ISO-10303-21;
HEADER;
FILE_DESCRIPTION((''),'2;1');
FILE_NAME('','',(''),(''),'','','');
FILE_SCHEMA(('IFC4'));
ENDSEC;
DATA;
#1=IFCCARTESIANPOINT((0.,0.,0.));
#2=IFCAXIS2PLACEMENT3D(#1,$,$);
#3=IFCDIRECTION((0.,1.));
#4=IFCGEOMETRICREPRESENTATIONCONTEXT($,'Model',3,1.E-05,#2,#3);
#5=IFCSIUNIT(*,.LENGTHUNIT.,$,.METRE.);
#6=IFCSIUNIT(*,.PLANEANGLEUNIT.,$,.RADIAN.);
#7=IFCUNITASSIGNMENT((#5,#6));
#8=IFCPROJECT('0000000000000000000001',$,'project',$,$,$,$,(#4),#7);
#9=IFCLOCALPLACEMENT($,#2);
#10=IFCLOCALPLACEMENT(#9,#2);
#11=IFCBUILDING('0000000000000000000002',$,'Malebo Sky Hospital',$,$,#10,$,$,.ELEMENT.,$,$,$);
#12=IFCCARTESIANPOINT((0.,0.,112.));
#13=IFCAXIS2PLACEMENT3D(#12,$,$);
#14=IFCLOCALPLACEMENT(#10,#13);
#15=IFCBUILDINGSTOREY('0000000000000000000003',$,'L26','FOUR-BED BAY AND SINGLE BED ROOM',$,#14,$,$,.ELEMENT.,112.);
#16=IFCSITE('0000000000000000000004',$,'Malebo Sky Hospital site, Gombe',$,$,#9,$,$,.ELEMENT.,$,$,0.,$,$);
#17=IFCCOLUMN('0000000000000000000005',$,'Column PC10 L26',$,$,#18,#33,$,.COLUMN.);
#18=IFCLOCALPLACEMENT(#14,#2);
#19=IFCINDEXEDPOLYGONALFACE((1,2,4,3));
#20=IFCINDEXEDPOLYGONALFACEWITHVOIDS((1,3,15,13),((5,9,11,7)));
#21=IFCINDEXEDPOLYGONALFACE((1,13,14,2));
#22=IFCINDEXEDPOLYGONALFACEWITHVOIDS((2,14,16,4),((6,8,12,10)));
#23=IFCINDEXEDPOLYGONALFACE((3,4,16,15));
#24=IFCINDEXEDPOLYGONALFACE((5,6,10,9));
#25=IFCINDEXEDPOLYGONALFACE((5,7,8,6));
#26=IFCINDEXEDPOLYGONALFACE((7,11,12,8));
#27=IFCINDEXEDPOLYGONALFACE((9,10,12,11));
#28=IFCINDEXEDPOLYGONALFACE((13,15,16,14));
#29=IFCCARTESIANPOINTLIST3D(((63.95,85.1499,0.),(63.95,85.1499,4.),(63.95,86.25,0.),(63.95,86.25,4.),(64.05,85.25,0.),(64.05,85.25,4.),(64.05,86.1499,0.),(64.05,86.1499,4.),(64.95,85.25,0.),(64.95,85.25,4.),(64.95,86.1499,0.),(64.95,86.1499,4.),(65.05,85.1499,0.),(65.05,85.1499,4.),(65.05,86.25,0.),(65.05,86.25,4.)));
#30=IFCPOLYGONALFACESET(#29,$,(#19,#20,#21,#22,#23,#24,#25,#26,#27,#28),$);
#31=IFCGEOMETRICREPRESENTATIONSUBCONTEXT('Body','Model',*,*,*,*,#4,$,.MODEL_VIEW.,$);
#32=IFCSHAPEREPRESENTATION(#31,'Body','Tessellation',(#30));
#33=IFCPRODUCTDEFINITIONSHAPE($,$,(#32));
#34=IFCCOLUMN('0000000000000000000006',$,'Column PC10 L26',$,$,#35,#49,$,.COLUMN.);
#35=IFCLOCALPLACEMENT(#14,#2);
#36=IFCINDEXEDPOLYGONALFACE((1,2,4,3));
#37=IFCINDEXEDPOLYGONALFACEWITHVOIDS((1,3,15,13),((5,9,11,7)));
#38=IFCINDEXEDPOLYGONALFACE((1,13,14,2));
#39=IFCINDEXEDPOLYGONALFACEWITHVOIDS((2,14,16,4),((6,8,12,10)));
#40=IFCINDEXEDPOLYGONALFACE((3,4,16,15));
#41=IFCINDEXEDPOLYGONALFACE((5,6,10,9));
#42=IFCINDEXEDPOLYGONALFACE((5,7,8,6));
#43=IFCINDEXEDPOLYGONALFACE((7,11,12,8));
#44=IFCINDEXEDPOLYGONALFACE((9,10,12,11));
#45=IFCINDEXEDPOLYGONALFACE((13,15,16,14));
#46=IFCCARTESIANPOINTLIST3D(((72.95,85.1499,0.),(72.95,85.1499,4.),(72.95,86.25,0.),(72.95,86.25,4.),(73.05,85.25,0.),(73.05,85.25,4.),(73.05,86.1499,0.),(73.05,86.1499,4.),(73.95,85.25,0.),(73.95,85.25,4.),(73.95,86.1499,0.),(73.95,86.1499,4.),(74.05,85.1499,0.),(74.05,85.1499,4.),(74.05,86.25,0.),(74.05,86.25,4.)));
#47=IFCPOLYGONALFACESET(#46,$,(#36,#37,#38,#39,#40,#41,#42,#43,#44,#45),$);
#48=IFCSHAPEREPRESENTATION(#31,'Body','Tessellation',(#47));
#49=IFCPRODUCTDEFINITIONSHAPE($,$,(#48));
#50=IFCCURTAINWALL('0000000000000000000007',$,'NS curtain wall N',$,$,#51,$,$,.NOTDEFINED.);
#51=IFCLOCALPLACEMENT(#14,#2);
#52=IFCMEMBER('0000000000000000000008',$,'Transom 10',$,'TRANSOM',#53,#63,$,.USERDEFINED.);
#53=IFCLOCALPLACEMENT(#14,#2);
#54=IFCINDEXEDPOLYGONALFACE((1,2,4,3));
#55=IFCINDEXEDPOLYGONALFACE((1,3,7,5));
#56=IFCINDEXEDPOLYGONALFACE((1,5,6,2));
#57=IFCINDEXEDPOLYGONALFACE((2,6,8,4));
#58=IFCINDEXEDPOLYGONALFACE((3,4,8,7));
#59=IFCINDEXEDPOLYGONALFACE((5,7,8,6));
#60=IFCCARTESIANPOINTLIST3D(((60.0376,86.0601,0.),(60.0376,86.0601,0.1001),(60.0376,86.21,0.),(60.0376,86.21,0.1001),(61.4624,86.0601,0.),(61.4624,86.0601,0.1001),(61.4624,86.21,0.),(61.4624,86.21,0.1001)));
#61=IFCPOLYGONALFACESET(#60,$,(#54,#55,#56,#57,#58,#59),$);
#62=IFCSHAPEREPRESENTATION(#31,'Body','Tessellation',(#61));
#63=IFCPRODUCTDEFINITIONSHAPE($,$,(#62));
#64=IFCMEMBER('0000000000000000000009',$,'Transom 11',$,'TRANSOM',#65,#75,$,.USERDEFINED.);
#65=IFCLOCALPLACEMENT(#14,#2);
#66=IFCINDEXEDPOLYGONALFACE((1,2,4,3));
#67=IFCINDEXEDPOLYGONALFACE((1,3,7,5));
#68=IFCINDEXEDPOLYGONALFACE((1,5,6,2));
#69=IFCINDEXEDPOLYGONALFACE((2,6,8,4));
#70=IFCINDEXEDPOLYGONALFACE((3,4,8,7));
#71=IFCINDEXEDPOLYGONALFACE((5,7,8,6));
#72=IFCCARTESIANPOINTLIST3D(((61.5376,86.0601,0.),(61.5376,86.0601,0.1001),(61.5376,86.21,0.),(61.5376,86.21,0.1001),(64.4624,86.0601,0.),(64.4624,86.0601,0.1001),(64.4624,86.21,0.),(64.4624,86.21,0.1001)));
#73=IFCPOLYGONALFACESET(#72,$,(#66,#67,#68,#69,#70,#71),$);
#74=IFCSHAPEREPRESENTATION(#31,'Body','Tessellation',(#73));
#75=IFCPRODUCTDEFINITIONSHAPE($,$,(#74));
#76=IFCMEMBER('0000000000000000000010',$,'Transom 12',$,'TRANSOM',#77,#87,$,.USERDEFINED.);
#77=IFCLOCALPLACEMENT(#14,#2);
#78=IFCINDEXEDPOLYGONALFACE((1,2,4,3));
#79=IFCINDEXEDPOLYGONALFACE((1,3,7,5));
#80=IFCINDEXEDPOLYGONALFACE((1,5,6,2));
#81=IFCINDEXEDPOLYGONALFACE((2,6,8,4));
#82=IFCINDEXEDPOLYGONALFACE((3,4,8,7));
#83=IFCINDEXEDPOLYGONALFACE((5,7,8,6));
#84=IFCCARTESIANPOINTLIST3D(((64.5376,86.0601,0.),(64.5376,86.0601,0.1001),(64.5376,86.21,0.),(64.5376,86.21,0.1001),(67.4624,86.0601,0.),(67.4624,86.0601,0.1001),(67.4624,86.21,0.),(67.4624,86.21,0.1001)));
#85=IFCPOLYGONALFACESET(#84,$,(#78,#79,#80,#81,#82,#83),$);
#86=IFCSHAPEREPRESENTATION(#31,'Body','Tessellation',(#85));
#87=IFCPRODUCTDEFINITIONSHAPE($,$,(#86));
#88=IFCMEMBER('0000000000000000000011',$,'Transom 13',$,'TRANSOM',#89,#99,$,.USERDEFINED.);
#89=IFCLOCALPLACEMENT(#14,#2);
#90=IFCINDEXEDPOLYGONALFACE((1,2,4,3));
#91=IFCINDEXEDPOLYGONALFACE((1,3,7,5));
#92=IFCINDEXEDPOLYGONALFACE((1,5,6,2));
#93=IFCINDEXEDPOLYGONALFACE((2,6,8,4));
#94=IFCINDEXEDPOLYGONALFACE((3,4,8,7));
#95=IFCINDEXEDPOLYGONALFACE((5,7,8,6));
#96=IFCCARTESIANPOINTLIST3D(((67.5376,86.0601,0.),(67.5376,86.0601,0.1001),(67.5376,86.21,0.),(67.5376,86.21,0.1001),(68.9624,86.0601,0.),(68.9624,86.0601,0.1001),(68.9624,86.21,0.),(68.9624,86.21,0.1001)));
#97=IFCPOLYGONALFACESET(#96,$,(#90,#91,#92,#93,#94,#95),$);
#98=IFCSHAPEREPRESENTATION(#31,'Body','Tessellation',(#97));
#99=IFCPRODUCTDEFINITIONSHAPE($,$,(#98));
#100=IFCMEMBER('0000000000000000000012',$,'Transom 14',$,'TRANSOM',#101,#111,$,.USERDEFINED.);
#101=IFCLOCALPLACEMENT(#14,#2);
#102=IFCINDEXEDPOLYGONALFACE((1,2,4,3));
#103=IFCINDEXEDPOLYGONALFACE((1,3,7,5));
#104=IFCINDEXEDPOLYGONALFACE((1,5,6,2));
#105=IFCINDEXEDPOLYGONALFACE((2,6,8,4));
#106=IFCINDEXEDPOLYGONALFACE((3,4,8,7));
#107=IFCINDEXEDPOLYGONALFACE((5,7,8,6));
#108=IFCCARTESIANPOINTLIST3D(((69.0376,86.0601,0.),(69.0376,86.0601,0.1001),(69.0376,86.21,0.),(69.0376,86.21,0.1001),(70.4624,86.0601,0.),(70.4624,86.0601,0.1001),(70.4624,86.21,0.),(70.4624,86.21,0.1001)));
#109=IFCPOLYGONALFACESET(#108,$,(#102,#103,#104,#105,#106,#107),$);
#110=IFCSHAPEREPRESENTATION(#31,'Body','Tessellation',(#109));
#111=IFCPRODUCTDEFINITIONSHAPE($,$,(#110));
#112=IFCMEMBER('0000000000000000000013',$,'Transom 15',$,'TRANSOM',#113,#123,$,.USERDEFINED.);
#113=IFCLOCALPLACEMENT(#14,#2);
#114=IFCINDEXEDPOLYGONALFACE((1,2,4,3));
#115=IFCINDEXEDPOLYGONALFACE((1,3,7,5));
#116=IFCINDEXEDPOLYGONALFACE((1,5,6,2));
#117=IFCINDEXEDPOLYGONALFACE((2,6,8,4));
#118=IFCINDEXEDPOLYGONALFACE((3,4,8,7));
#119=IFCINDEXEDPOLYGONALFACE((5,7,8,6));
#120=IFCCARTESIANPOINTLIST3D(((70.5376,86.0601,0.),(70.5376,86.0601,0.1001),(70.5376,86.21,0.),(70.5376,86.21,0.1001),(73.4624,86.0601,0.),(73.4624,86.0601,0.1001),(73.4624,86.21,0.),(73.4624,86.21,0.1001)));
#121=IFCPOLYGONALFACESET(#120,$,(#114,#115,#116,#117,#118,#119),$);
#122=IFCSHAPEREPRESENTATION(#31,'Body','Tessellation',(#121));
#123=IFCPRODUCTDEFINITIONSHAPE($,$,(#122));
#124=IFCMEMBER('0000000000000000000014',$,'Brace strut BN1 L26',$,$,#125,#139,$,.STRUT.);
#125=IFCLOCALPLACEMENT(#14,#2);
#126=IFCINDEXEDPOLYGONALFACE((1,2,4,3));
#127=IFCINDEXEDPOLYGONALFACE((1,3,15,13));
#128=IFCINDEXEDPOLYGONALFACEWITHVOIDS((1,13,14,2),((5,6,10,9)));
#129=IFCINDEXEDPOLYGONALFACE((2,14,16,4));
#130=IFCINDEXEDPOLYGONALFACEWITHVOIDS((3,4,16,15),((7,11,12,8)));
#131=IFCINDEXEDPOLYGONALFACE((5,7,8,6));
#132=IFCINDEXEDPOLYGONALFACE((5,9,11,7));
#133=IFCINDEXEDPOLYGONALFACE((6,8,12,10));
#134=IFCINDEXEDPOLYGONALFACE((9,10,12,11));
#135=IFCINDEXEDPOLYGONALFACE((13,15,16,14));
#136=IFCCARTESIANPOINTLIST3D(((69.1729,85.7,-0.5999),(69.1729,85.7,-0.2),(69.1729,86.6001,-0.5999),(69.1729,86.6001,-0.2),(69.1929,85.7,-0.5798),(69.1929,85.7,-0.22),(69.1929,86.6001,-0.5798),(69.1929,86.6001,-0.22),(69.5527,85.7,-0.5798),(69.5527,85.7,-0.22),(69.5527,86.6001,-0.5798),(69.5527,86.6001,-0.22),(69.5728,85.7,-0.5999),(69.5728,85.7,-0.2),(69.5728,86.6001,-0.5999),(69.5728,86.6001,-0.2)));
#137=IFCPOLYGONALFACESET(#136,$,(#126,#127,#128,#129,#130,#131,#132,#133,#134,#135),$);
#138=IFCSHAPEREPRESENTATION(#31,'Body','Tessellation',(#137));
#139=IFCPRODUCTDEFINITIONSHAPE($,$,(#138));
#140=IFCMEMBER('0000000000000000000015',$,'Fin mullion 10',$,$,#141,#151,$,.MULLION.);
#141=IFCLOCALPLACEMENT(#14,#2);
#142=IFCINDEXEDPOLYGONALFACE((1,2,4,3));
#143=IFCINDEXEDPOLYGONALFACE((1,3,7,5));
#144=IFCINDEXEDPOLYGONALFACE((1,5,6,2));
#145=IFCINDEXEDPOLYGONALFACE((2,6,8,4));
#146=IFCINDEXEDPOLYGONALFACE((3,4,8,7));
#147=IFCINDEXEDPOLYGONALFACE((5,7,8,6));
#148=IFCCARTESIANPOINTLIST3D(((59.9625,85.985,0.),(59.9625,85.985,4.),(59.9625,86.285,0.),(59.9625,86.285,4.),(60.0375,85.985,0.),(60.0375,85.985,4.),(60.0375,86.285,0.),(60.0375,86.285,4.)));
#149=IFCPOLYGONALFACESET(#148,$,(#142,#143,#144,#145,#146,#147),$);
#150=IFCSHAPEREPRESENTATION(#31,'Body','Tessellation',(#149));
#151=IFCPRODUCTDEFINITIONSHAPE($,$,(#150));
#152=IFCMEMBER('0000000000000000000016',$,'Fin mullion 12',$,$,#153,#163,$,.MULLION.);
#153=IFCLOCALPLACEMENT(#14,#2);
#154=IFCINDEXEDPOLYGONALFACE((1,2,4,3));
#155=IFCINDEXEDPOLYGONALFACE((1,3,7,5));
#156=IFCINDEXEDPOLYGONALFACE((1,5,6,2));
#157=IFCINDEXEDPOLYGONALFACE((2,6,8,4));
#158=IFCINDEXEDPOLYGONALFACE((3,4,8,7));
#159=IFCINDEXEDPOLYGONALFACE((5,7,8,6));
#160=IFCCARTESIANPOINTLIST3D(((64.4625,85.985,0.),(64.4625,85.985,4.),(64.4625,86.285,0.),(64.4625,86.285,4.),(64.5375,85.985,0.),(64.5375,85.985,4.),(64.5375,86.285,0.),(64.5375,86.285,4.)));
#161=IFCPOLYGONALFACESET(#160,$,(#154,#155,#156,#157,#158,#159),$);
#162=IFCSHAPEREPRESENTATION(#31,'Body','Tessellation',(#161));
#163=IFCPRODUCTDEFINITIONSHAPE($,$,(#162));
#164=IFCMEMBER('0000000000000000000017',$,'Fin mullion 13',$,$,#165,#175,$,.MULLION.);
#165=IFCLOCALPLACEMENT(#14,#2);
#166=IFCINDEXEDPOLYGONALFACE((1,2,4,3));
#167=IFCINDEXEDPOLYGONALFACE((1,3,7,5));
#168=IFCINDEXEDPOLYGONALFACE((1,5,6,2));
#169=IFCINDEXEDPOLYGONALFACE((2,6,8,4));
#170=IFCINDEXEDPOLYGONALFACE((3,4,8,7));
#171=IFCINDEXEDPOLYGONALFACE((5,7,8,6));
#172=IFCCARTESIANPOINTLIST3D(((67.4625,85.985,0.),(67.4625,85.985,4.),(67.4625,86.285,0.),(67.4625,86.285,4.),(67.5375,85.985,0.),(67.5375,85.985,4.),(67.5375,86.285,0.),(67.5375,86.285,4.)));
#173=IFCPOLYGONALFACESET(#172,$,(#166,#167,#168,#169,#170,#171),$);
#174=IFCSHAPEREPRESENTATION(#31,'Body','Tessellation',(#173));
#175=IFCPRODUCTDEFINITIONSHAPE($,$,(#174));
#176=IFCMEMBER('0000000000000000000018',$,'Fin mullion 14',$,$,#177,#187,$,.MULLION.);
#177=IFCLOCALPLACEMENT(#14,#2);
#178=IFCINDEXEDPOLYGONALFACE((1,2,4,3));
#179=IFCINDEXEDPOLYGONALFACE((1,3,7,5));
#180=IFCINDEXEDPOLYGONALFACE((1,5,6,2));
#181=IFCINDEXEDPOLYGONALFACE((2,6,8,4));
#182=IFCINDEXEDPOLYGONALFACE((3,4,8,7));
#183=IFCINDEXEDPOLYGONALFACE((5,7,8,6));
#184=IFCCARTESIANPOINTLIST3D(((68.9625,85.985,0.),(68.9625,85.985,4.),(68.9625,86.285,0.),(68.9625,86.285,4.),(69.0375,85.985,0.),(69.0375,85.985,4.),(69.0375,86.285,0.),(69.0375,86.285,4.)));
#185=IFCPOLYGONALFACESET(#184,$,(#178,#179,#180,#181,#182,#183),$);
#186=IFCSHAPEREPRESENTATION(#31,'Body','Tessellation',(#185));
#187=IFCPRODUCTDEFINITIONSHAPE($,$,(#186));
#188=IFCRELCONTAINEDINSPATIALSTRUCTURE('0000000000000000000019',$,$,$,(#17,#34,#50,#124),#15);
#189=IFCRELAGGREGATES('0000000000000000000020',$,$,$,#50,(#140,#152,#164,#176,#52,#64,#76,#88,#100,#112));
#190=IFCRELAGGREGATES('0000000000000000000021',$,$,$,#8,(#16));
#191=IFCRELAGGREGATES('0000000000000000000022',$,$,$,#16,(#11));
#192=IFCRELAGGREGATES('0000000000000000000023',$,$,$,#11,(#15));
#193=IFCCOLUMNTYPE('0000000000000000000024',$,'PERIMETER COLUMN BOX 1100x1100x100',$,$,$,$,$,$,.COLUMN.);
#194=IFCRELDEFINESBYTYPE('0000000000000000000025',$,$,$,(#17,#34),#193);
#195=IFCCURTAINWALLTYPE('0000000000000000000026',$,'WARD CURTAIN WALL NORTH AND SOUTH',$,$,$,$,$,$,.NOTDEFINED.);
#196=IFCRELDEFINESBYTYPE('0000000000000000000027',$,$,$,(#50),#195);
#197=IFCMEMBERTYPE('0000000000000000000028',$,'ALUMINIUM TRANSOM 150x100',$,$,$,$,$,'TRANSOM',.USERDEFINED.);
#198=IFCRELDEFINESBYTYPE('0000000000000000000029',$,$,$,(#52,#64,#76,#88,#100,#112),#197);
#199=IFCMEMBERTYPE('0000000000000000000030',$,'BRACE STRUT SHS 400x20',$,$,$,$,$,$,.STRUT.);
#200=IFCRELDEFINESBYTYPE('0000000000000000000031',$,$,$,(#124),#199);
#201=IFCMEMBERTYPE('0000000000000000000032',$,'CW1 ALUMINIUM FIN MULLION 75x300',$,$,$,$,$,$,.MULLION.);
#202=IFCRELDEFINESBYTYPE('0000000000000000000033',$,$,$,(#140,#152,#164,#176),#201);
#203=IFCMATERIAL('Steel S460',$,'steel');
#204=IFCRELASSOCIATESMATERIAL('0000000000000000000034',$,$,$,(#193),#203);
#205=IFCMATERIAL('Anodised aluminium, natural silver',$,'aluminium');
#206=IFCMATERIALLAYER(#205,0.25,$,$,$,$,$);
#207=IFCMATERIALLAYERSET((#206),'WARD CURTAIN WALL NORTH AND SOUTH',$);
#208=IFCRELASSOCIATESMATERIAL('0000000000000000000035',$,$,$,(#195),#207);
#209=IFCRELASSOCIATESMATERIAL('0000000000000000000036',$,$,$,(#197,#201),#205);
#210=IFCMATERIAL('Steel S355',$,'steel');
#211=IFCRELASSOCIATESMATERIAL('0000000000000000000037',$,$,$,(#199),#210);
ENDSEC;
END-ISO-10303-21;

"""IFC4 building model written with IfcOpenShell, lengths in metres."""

from ifc_helpers import new_model, si_unit, direction, frame, origin, origin_2d, place, context, subcontext, project, spatial, rectangle, hollow_rectangle, extrude, material, layer, layer_set, material_profile, profile_set, type_object, element, aggregate, save


model = new_model("IFC4")

# Units and contexts
model_context = context("Model", 3, precision=1e-05, world=origin(), true_north=direction((0.0, 1.0)))
body_context = subcontext(model_context, "Body", "Model", "MODEL_VIEW")
ifc_project = project(units=[si_unit("LENGTHUNIT", "METRE"), si_unit("PLANEANGLEUNIT", "RADIAN")], contexts=[model_context])

# Site, building, storey
site_placement = place(None, origin())
site = spatial("IfcSite", under=ifc_project, at=site_placement, Name="Malebo Sky Hospital site, Gombe", CompositionType="ELEMENT", RefElevation=0.0)
building_placement = place(site_placement, origin())
building = spatial("IfcBuilding", under=site, at=building_placement, Name="Malebo Sky Hospital", CompositionType="ELEMENT")
storey_placement = place(building_placement, frame((0.0, 0.0, 112.0)))
storey = spatial("IfcBuildingStorey", under=building, at=storey_placement, Name="L26", Description="FOUR-BED BAY AND SINGLE BED ROOM", CompositionType="ELEMENT", Elevation=112.0)

# Columns
ifc_material_1 = material(Name="Steel S460", Category="steel")
ifc_material_profile_1 = material_profile(ifc_material_1, hollow_rectangle(XDim=1.1001, YDim=1.1001, WallThickness=0.1001, at=origin_2d()), Name="BOX 1100x1100x100")
ifc_profile_set_1 = profile_set([ifc_material_profile_1], Name="Steel S460")
column_type = type_object("IfcColumnType", Name="PERIMETER COLUMN BOX 1100x1100x100", PredefinedType="COLUMN", material=ifc_profile_set_1)
for number, where, z_axis, x_axis, name in (
    (1, (64.5, 85.7, 0.0), (0.0, 0.0, 1.0), (1.0, 0.0, 0.0), "Column PC10 L26"),
    (2, (73.5, 85.7, 0.0), (0.0, 0.0, 1.0), (1.0, 0.0, 0.0), "Column PC10 L26"),
):
    element("IfcColumn", number, at=place(storey_placement, frame(where, z_axis=z_axis, x_axis=x_axis)), inside=storey, type_object=column_type, Name=name, PredefinedType="COLUMN", context=body_context, shape_type="SweptSolid", body=[
        extrude(hollow_rectangle(XDim=1.1001, YDim=1.1001, WallThickness=0.1001, at=origin_2d()), origin(), (0.0, 0.0, 1.0), 4.0),
    ])

# Curtain wall, members
ifc_material_2 = material(Name="Anodised aluminium, natural silver", Category="aluminium")
ifc_layer_1 = layer(ifc_material_2, 0.25)
ifc_layer_set_1 = layer_set([ifc_layer_1], Name="WARD CURTAIN WALL NORTH AND SOUTH")
curtain_wall_type = type_object("IfcCurtainWallType", Name="WARD CURTAIN WALL NORTH AND SOUTH", PredefinedType="NOTDEFINED", material=ifc_layer_set_1)
curtain_wall_placement = place(storey_placement, origin())
curtain_wall = element("IfcCurtainWall", 3, at=curtain_wall_placement, inside=storey, type_object=curtain_wall_type, Name="NS curtain wall N", PredefinedType="NOTDEFINED")
ifc_material_profile_2 = material_profile(ifc_material_2, rectangle(XDim=0.1499, YDim=0.1001, at=origin_2d()), Name="ALUMINIUM TRANSOM 150x100")
ifc_profile_set_2 = profile_set([ifc_material_profile_2], Name="Anodised aluminium, natural silver")
member_type_1 = type_object("IfcMemberType", Name="ALUMINIUM TRANSOM 150x100", ElementType="TRANSOM", PredefinedType="USERDEFINED", material=ifc_profile_set_2)
member_1_placement = place(storey_placement, frame((60.0376, 86.135, 0.05), z_axis=(1.0, 0.0, 0.0), x_axis=(0.0, 1.0, 0.0)))
member_1 = element("IfcMember", 4, at=member_1_placement, type_object=member_type_1, Name="Transom 10", ObjectType="TRANSOM", PredefinedType="USERDEFINED", context=body_context, shape_type="SweptSolid", body=[
    extrude(rectangle(XDim=0.1499, YDim=0.1001, at=origin_2d()), origin(), (0.0, 0.0, 1.0), 1.4248),
])
member_2_placement = place(storey_placement, frame((61.5376, 86.135, 0.05), z_axis=(1.0, 0.0, 0.0), x_axis=(0.0, 1.0, 0.0)))
member_2 = element("IfcMember", 5, at=member_2_placement, type_object=member_type_1, Name="Transom 11", ObjectType="TRANSOM", PredefinedType="USERDEFINED", context=body_context, shape_type="SweptSolid", body=[
    extrude(rectangle(XDim=0.1499, YDim=0.1001, at=origin_2d()), origin(), (0.0, 0.0, 1.0), 2.9248),
])
member_3_placement = place(storey_placement, frame((64.5376, 86.135, 0.05), z_axis=(1.0, 0.0, 0.0), x_axis=(0.0, 1.0, 0.0)))
member_3 = element("IfcMember", 6, at=member_3_placement, type_object=member_type_1, Name="Transom 12", ObjectType="TRANSOM", PredefinedType="USERDEFINED", context=body_context, shape_type="SweptSolid", body=[
    extrude(rectangle(XDim=0.1499, YDim=0.1001, at=origin_2d()), origin(), (0.0, 0.0, 1.0), 2.9248),
])
member_4_placement = place(storey_placement, frame((67.5376, 86.135, 0.05), z_axis=(1.0, 0.0, 0.0), x_axis=(0.0, 1.0, 0.0)))
member_4 = element("IfcMember", 7, at=member_4_placement, type_object=member_type_1, Name="Transom 13", ObjectType="TRANSOM", PredefinedType="USERDEFINED", context=body_context, shape_type="SweptSolid", body=[
    extrude(rectangle(XDim=0.1499, YDim=0.1001, at=origin_2d()), origin(), (0.0, 0.0, 1.0), 1.4248),
])
member_5_placement = place(storey_placement, frame((69.0376, 86.135, 0.05), z_axis=(1.0, 0.0, 0.0), x_axis=(0.0, 1.0, 0.0)))
member_5 = element("IfcMember", 8, at=member_5_placement, type_object=member_type_1, Name="Transom 14", ObjectType="TRANSOM", PredefinedType="USERDEFINED", context=body_context, shape_type="SweptSolid", body=[
    extrude(rectangle(XDim=0.1499, YDim=0.1001, at=origin_2d()), origin(), (0.0, 0.0, 1.0), 1.4248),
])
member_6_placement = place(storey_placement, frame((70.5376, 86.135, 0.05), z_axis=(1.0, 0.0, 0.0), x_axis=(0.0, 1.0, 0.0)))
member_6 = element("IfcMember", 9, at=member_6_placement, type_object=member_type_1, Name="Transom 15", ObjectType="TRANSOM", PredefinedType="USERDEFINED", context=body_context, shape_type="SweptSolid", body=[
    extrude(rectangle(XDim=0.1499, YDim=0.1001, at=origin_2d()), origin(), (0.0, 0.0, 1.0), 2.9248),
])

# Members
ifc_material_3 = material(Name="Steel S355", Category="steel")
ifc_material_profile_3 = material_profile(ifc_material_3, hollow_rectangle(XDim=0.3999, YDim=0.3999, WallThickness=0.02, at=origin_2d()), Name="SHS 400x20")
ifc_profile_set_3 = profile_set([ifc_material_profile_3], Name="Steel S355")
member_type_2 = type_object("IfcMemberType", Name="BRACE STRUT SHS 400x20", PredefinedType="STRUT", material=ifc_profile_set_3)
member_7_placement = place(storey_placement, frame((69.3728, 86.6001, -0.3999), z_axis=(0.0, -1.0, 0.0), x_axis=(1.0, 0.0, 0.0)))
element("IfcMember", 10, at=member_7_placement, inside=storey, type_object=member_type_2, Name="Brace strut BN1 L26", PredefinedType="STRUT", context=body_context, shape_type="SweptSolid", body=[
    extrude(hollow_rectangle(XDim=0.3999, YDim=0.3999, WallThickness=0.02, at=origin_2d()), origin(), (0.0, 0.0, 1.0), 0.9001),
])
ifc_material_profile_4 = material_profile(ifc_material_2, rectangle(XDim=0.075, YDim=0.3, at=origin_2d()), Name="CW1 ALUMINIUM FIN MULLION 75x300")
ifc_profile_set_4 = profile_set([ifc_material_profile_4], Name="Anodised aluminium, natural silver")
member_type_3 = type_object("IfcMemberType", Name="CW1 ALUMINIUM FIN MULLION 75x300", PredefinedType="MULLION", material=ifc_profile_set_4)
member_8_placement = place(storey_placement, frame((60.0, 86.135, 0.0), z_axis=(0.0, 0.0, 1.0), x_axis=(1.0, 0.0, 0.0)))
member_8 = element("IfcMember", 11, at=member_8_placement, type_object=member_type_3, Name="Fin mullion 10", PredefinedType="MULLION", context=body_context, shape_type="SweptSolid", body=[
    extrude(rectangle(XDim=0.075, YDim=0.3, at=origin_2d()), origin(), (0.0, 0.0, 1.0), 4.0),
])
member_9_placement = place(storey_placement, frame((64.5, 86.135, 0.0), z_axis=(0.0, 0.0, 1.0), x_axis=(1.0, 0.0, 0.0)))
member_9 = element("IfcMember", 12, at=member_9_placement, type_object=member_type_3, Name="Fin mullion 12", PredefinedType="MULLION", context=body_context, shape_type="SweptSolid", body=[
    extrude(rectangle(XDim=0.075, YDim=0.3, at=origin_2d()), origin(), (0.0, 0.0, 1.0), 4.0),
])
member_10_placement = place(storey_placement, frame((67.5, 86.135, 0.0), z_axis=(0.0, 0.0, 1.0), x_axis=(1.0, 0.0, 0.0)))
member_10 = element("IfcMember", 13, at=member_10_placement, type_object=member_type_3, Name="Fin mullion 13", PredefinedType="MULLION", context=body_context, shape_type="SweptSolid", body=[
    extrude(rectangle(XDim=0.075, YDim=0.3, at=origin_2d()), origin(), (0.0, 0.0, 1.0), 4.0),
])
member_11_placement = place(storey_placement, frame((69.0, 86.135, 0.0), z_axis=(0.0, 0.0, 1.0), x_axis=(1.0, 0.0, 0.0)))
member_11 = element("IfcMember", 14, at=member_11_placement, type_object=member_type_3, Name="Fin mullion 14", PredefinedType="MULLION", context=body_context, shape_type="SweptSolid", body=[
    extrude(rectangle(XDim=0.075, YDim=0.3, at=origin_2d()), origin(), (0.0, 0.0, 1.0), 4.0),
])

aggregate(curtain_wall, [member_8, member_9, member_10, member_11, member_1, member_2, member_3, member_4, member_5, member_6])

save(model, "model.ifc")
